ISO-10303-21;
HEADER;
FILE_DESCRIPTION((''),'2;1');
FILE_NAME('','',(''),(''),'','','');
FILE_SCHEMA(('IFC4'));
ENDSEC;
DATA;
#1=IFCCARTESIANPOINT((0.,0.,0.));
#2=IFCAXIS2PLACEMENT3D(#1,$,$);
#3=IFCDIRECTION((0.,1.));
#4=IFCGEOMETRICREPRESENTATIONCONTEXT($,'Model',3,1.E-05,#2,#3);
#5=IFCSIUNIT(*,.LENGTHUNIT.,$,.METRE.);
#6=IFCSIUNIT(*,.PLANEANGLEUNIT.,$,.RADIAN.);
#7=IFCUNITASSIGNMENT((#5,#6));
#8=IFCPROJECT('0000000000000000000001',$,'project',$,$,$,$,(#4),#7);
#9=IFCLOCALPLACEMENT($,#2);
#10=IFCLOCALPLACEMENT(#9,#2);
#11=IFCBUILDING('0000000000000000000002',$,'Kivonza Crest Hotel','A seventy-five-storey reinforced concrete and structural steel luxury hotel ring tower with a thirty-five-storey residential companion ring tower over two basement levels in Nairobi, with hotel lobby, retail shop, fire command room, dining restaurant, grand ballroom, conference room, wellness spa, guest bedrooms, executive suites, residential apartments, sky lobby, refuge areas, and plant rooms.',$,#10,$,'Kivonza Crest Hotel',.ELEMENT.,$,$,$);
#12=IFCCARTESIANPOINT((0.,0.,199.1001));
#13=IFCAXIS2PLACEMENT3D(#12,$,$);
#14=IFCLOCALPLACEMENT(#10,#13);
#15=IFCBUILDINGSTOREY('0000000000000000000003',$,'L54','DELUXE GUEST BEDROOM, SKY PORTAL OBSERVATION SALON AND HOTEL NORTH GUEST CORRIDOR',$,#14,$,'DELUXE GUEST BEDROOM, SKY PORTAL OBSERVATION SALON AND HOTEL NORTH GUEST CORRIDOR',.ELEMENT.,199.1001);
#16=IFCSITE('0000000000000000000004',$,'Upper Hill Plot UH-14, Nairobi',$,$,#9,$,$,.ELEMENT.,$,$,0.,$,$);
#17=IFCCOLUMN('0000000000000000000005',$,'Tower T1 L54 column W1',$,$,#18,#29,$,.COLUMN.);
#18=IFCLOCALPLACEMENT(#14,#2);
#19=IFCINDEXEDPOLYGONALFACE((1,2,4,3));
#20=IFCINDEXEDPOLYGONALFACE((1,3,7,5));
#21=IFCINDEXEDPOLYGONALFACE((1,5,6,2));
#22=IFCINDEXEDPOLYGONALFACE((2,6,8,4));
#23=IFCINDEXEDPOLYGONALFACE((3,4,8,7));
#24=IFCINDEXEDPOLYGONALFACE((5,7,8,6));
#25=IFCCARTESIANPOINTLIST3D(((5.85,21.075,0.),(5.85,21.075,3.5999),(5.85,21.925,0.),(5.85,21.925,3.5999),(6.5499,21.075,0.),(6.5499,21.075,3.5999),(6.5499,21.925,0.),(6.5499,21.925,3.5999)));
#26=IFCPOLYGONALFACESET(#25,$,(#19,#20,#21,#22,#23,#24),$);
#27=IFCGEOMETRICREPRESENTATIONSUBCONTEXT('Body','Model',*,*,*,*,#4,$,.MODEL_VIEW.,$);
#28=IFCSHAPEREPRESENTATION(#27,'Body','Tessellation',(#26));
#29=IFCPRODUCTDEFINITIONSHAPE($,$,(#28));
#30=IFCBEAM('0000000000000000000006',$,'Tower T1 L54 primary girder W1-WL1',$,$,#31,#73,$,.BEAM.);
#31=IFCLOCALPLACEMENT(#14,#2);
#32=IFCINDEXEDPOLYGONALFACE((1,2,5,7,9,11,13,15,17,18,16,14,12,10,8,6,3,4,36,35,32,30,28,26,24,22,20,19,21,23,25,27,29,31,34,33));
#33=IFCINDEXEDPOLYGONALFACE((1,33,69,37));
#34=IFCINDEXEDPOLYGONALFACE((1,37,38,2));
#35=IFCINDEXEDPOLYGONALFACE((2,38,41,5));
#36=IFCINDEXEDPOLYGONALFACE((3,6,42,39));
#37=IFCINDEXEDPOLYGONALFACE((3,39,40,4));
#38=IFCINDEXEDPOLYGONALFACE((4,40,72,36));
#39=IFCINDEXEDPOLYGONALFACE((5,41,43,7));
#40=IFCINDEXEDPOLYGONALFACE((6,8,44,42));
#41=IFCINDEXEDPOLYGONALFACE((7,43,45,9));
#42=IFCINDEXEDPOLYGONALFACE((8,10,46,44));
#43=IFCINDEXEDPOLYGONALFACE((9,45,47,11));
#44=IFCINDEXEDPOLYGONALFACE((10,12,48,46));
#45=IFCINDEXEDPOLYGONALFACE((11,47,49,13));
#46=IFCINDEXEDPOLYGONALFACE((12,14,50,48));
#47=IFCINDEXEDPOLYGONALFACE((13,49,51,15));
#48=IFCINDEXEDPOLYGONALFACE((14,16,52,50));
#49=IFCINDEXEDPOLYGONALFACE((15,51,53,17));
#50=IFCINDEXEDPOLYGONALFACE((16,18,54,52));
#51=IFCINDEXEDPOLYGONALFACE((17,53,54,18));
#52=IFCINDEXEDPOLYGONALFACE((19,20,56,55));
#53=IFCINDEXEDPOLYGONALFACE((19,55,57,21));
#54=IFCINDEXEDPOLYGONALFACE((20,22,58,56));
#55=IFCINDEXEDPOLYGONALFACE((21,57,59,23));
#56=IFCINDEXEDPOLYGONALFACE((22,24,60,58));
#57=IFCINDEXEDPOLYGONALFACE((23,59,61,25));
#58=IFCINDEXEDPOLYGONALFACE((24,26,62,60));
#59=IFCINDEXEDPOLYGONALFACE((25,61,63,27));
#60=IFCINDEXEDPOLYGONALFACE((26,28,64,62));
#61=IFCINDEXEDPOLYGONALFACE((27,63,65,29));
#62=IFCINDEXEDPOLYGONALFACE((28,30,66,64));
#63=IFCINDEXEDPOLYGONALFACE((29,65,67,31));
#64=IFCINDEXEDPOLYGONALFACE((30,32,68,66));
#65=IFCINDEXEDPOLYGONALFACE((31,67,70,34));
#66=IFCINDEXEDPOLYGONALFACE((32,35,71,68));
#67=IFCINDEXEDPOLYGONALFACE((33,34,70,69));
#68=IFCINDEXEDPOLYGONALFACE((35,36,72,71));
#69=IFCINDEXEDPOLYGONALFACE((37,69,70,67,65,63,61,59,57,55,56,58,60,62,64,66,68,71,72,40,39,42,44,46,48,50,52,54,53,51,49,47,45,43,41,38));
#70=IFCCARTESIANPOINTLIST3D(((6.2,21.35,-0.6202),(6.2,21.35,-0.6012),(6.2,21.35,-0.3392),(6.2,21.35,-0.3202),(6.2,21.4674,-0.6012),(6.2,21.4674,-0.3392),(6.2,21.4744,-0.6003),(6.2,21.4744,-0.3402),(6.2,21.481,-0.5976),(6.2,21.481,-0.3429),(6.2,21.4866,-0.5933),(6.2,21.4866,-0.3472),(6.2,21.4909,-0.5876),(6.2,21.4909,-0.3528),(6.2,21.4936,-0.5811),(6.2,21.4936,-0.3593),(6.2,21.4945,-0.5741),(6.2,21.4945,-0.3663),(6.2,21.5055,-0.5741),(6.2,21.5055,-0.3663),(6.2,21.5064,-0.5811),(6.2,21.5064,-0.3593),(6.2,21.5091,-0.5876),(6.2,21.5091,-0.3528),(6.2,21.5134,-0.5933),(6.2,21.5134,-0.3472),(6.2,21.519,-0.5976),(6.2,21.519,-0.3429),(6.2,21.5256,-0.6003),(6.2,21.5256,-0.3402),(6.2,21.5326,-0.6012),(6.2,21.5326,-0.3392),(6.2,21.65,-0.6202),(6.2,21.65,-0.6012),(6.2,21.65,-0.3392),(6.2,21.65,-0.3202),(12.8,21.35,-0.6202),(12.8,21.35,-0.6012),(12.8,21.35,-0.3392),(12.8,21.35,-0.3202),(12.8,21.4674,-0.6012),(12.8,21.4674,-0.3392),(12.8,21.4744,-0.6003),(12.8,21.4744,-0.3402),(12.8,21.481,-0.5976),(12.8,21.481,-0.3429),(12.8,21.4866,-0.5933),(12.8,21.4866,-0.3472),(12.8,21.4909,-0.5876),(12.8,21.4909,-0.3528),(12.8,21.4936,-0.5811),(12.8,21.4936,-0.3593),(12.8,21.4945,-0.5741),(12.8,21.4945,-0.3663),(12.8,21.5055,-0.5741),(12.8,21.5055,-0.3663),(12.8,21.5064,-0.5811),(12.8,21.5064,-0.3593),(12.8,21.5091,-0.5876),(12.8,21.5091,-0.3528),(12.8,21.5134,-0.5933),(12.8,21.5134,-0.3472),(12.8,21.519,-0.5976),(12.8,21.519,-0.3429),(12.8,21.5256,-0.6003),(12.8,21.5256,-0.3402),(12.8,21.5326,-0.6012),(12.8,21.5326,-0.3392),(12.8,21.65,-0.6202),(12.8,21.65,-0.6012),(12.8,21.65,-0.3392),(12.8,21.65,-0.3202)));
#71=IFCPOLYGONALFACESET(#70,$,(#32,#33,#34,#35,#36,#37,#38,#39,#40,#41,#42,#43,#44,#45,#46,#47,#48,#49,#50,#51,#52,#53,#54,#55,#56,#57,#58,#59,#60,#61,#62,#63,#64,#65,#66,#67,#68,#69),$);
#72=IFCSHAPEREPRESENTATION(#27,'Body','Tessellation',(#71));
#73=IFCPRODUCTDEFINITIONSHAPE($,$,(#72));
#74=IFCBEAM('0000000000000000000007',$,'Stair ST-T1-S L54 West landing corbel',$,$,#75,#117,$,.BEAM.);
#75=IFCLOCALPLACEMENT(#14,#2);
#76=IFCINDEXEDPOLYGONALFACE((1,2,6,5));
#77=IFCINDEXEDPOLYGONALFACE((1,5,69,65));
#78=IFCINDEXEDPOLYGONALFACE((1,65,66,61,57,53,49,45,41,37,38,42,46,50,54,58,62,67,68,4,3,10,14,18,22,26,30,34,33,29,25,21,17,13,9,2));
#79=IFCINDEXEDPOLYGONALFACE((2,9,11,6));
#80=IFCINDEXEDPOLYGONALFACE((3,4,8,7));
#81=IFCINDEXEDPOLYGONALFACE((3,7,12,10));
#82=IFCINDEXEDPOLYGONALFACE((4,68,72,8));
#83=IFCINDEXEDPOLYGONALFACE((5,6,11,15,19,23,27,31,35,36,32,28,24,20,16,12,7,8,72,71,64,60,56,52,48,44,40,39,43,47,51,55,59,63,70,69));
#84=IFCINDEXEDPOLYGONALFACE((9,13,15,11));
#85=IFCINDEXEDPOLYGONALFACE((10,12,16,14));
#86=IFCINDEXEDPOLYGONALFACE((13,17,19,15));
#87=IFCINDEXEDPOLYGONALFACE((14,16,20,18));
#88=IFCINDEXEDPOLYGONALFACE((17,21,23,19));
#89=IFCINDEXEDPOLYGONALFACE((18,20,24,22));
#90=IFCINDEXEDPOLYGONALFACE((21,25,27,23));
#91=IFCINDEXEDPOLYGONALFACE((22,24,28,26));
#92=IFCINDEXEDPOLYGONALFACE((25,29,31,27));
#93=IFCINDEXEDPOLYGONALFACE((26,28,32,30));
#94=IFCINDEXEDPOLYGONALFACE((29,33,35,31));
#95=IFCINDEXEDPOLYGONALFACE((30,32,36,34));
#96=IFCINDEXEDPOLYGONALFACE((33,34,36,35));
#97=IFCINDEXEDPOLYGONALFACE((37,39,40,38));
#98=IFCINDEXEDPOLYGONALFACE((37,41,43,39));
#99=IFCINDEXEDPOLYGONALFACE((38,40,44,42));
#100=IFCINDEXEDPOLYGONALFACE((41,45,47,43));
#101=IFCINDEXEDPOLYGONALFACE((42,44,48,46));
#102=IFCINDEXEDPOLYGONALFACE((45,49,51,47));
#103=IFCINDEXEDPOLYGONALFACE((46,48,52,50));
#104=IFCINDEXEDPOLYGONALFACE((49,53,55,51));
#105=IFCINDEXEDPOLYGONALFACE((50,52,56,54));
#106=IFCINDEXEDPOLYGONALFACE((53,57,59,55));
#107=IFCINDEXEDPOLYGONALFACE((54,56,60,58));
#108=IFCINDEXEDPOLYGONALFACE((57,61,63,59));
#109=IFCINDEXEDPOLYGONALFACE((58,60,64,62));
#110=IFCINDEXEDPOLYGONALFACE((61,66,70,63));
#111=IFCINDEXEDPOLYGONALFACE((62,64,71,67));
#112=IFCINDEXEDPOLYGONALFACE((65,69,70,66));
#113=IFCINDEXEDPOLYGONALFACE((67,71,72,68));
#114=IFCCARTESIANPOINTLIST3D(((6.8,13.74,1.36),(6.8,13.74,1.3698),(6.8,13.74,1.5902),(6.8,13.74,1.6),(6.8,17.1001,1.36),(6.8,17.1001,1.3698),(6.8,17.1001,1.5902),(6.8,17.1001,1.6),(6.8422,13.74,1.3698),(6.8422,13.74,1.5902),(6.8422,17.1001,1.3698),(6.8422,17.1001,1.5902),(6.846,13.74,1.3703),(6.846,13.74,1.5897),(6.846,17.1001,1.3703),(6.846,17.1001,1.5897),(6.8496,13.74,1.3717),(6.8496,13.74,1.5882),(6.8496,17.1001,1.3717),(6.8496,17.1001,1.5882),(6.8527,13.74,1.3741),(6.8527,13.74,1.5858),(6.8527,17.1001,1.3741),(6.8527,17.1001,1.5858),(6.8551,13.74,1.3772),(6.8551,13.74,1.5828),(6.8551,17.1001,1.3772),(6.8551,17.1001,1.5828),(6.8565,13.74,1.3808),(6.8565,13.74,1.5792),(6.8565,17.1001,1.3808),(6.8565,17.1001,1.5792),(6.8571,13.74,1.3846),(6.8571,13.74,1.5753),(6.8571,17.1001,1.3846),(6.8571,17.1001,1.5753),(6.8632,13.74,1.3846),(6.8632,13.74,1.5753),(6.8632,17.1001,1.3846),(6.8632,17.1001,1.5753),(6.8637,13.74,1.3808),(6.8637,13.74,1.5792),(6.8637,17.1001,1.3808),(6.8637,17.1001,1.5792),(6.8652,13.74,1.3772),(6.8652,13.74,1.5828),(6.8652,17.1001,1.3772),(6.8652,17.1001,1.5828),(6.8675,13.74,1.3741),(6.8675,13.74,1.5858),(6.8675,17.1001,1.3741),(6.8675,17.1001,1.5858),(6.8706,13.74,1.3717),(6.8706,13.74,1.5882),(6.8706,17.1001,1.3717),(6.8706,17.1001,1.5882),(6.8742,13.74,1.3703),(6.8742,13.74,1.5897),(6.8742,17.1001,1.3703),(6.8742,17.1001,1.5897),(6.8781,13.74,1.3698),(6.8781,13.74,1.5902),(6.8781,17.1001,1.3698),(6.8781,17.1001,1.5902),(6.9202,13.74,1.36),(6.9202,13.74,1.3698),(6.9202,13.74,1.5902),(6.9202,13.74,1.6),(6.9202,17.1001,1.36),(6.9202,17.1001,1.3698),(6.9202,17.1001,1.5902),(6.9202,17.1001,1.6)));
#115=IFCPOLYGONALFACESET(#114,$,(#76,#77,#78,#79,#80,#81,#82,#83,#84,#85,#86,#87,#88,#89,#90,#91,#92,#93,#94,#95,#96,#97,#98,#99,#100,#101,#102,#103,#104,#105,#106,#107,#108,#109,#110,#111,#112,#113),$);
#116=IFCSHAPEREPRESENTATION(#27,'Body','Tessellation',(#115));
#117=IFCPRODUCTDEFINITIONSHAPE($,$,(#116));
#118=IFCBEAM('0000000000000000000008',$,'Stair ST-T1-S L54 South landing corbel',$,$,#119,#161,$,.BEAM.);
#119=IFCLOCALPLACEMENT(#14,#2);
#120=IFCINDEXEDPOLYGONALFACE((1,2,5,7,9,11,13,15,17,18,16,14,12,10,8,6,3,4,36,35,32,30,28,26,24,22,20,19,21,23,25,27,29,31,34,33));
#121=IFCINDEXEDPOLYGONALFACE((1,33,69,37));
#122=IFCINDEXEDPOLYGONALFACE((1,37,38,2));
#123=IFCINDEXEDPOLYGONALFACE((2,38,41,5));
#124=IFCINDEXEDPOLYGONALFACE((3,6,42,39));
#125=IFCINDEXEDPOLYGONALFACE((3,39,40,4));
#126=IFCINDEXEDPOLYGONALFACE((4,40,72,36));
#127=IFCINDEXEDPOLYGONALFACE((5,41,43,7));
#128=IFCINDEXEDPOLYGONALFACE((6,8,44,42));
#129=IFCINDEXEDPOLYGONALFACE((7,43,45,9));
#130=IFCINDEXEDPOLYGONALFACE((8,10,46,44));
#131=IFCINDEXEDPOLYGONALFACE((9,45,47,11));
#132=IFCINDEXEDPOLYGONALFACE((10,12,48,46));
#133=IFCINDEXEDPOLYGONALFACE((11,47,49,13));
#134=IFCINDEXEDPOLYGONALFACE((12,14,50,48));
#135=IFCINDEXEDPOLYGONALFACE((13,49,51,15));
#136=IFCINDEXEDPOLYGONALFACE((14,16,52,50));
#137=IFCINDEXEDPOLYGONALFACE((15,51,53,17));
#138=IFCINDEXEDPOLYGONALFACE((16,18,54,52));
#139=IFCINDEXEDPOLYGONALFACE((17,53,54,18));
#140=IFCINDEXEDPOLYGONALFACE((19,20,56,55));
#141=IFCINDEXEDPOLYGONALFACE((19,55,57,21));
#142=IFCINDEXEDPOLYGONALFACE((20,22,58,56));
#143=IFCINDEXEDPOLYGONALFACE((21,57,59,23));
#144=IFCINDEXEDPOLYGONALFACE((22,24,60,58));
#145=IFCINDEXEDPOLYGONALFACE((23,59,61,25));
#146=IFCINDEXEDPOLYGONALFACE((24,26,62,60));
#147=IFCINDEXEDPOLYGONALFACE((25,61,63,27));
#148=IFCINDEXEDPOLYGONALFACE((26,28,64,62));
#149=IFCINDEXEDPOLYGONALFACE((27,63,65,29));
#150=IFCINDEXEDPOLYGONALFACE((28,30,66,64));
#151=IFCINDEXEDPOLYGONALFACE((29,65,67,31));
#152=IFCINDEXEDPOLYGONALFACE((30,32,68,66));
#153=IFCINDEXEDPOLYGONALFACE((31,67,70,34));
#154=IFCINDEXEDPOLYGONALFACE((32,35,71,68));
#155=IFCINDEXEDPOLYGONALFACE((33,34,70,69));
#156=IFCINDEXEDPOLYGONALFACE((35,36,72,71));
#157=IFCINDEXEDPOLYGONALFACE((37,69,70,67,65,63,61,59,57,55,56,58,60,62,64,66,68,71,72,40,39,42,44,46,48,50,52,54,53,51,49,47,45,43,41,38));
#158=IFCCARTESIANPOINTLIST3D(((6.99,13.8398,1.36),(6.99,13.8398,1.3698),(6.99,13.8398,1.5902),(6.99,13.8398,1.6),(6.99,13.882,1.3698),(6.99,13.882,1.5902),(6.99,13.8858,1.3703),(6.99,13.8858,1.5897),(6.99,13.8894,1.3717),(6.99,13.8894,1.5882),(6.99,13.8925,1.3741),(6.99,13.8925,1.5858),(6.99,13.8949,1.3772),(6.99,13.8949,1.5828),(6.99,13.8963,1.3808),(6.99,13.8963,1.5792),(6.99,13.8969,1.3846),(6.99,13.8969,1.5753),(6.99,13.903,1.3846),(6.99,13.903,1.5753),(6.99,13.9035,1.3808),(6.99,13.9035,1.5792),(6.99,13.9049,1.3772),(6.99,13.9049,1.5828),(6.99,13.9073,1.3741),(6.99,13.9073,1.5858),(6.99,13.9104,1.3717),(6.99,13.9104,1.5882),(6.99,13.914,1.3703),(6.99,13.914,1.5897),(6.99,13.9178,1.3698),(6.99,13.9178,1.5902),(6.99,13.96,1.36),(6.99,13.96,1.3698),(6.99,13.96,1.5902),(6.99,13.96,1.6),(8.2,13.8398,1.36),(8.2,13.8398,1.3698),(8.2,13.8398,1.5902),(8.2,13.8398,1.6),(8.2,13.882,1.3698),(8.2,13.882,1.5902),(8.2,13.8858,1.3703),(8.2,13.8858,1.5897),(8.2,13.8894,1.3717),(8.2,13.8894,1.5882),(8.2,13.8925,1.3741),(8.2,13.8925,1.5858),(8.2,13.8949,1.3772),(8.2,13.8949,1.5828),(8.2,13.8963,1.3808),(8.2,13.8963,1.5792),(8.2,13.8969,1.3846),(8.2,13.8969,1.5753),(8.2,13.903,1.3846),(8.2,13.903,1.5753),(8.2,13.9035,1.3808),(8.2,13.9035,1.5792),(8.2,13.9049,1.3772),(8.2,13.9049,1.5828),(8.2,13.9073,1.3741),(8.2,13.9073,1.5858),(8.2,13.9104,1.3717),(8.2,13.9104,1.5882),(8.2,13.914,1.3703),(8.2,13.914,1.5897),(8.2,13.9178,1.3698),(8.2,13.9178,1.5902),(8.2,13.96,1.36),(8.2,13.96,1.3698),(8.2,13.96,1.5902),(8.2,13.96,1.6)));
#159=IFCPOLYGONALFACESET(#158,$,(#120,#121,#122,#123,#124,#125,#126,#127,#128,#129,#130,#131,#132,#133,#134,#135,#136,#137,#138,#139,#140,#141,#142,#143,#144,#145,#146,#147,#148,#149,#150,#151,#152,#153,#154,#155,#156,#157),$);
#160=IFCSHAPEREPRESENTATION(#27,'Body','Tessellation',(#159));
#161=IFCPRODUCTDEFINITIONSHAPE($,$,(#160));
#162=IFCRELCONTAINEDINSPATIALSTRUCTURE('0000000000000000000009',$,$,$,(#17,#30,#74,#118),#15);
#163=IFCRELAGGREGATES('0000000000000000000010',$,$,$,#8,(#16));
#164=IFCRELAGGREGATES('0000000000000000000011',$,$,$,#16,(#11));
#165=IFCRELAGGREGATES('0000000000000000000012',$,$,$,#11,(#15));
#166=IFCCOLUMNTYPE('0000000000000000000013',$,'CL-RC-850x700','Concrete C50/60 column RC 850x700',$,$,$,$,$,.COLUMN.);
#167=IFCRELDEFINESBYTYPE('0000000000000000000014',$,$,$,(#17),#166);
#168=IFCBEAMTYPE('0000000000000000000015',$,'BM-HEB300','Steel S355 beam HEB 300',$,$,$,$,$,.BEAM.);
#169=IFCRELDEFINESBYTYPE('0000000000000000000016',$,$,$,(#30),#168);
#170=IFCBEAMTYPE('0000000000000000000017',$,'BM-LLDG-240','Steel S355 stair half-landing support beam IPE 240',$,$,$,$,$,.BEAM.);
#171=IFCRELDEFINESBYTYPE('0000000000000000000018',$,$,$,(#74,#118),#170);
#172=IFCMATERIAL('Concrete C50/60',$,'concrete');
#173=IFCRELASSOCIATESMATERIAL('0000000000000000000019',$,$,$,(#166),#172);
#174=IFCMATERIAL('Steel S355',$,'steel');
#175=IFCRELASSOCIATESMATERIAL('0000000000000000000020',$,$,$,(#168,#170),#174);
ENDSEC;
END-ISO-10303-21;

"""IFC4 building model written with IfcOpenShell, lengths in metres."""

from ifc_helpers import new_model, si_unit, direction, frame, origin, origin_2d, place, context, subcontext, project, spatial, rectangle, i_section, extrude, material, material_profile, profile_set, type_object, element, save


model = new_model("IFC4")

# Units and contexts
model_context = context("Model", 3, precision=1e-05, world=origin(), true_north=direction((0.0, 1.0)))
body_context = subcontext(model_context, "Body", "Model", "MODEL_VIEW")
ifc_project = project(units=[si_unit("LENGTHUNIT", "METRE"), si_unit("PLANEANGLEUNIT", "RADIAN")], contexts=[model_context])

# Site, building, storey
site_placement = place(None, origin())
site = spatial("IfcSite", under=ifc_project, at=site_placement, Name="Upper Hill Plot UH-14, Nairobi", CompositionType="ELEMENT", RefElevation=0.0)
building_placement = place(site_placement, origin())
building = spatial("IfcBuilding", under=site, at=building_placement, Name="Kivonza Crest Hotel", Description="A seventy-five-storey reinforced concrete and structural steel luxury hotel ring tower with a thirty-five-storey residential companion ring tower over two basement levels in Nairobi, with hotel lobby, retail shop, fire command room, dining restaurant, grand ballroom, conference room, wellness spa, guest bedrooms, executive suites, residential apartments, sky lobby, refuge areas, and plant rooms.", LongName="Kivonza Crest Hotel", CompositionType="ELEMENT")
storey_placement = place(building_placement, frame((0.0, 0.0, 199.1001)))
storey = spatial("IfcBuildingStorey", under=building, at=storey_placement, Name="L54", Description="DELUXE GUEST BEDROOM, SKY PORTAL OBSERVATION SALON AND HOTEL NORTH GUEST CORRIDOR", LongName="DELUXE GUEST BEDROOM, SKY PORTAL OBSERVATION SALON AND HOTEL NORTH GUEST CORRIDOR", CompositionType="ELEMENT", Elevation=199.1001)

# Column
ifc_material_1 = material(Name="Concrete C50/60", Category="concrete")
ifc_material_profile_1 = material_profile(ifc_material_1, rectangle(XDim=0.7, YDim=0.8501, at=origin_2d()), Name="RC 850x700")
ifc_profile_set_1 = profile_set([ifc_material_profile_1], Name="Concrete C50/60")
column_type = type_object("IfcColumnType", Name="CL-RC-850x700", Description="Concrete C50/60 column RC 850x700", PredefinedType="COLUMN", material=ifc_profile_set_1)
column_placement = place(storey_placement, frame((6.2, 21.5, 0.0), z_axis=(0.0, 0.0, 1.0), x_axis=(1.0, 0.0, 0.0)))
element("IfcColumn", 1, at=column_placement, inside=storey, type_object=column_type, Name="Tower T1 L54 column W1", PredefinedType="COLUMN", context=body_context, shape_type="SweptSolid", body=[
    extrude(rectangle(XDim=0.7, YDim=0.8501, at=origin_2d()), origin(), (0.0, 0.0, 1.0), 3.5999),
])

# Beams
ifc_material_2 = material(Name="Steel S355", Category="steel")
ifc_material_profile_2 = material_profile(ifc_material_2, i_section(OverallWidth=0.3, OverallDepth=0.3, WebThickness=0.011, FlangeThickness=0.019, FilletRadius=0.0271, at=origin_2d()), Name="HEB 300")
ifc_profile_set_2 = profile_set([ifc_material_profile_2], Name="Steel S355")
beam_type_1 = type_object("IfcBeamType", Name="BM-HEB300", Description="Steel S355 beam HEB 300", PredefinedType="BEAM", material=ifc_profile_set_2)
beam_1_placement = place(storey_placement, frame((6.2, 21.5, -0.4702), z_axis=(1.0, 0.0, 0.0), x_axis=(0.0, 1.0, 0.0)))
element("IfcBeam", 2, at=beam_1_placement, inside=storey, type_object=beam_type_1, Name="Tower T1 L54 primary girder W1-WL1", PredefinedType="BEAM", context=body_context, shape_type="SweptSolid", body=[
    extrude(i_section(OverallWidth=0.3, OverallDepth=0.3, WebThickness=0.011, FlangeThickness=0.019, FilletRadius=0.0271, at=origin_2d()), origin(), (0.0, 0.0, 1.0), 6.6001),
])
ifc_material_profile_3 = material_profile(ifc_material_2, i_section(OverallWidth=0.1201, OverallDepth=0.24, WebThickness=0.0061, FlangeThickness=0.0098, FilletRadius=0.0149, at=origin_2d()), Name="IPE 240")
ifc_profile_set_3 = profile_set([ifc_material_profile_3], Name="Steel S355")
beam_type_2 = type_object("IfcBeamType", Name="BM-LLDG-240", Description="Steel S355 stair half-landing support beam IPE 240", PredefinedType="BEAM", material=ifc_profile_set_3)
beam_2_placement = place(storey_placement, frame((6.8601, 13.74, 1.48), z_axis=(0.0, 1.0, 0.0), x_axis=(-1.0, 0.0, 0.0)))
element("IfcBeam", 3, at=beam_2_placement, inside=storey, type_object=beam_type_2, Name="Stair ST-T1-S L54 West landing corbel", PredefinedType="BEAM", context=body_context, shape_type="SweptSolid", body=[
    extrude(i_section(OverallWidth=0.1201, OverallDepth=0.24, WebThickness=0.0061, FlangeThickness=0.0098, FilletRadius=0.0149, at=origin_2d()), origin(), (0.0, 0.0, 1.0), 3.3601),
])
for number, where, z_axis, x_axis, name in (
    (4, (6.99, 13.8999, 1.48), (1.0, 0.0, 0.0), (0.0, 1.0, 0.0), "Stair ST-T1-S L54 South landing corbel"),
):
    element("IfcBeam", number, at=place(storey_placement, frame(where, z_axis=z_axis, x_axis=x_axis)), inside=storey, type_object=beam_type_2, Name=name, PredefinedType="BEAM", context=body_context, shape_type="SweptSolid", body=[
        extrude(i_section(OverallWidth=0.1201, OverallDepth=0.24, WebThickness=0.0061, FlangeThickness=0.0098, FilletRadius=0.0149, at=origin_2d()), origin(), (0.0, 0.0, 1.0), 1.21),
    ])

save(model, "model.ifc")
